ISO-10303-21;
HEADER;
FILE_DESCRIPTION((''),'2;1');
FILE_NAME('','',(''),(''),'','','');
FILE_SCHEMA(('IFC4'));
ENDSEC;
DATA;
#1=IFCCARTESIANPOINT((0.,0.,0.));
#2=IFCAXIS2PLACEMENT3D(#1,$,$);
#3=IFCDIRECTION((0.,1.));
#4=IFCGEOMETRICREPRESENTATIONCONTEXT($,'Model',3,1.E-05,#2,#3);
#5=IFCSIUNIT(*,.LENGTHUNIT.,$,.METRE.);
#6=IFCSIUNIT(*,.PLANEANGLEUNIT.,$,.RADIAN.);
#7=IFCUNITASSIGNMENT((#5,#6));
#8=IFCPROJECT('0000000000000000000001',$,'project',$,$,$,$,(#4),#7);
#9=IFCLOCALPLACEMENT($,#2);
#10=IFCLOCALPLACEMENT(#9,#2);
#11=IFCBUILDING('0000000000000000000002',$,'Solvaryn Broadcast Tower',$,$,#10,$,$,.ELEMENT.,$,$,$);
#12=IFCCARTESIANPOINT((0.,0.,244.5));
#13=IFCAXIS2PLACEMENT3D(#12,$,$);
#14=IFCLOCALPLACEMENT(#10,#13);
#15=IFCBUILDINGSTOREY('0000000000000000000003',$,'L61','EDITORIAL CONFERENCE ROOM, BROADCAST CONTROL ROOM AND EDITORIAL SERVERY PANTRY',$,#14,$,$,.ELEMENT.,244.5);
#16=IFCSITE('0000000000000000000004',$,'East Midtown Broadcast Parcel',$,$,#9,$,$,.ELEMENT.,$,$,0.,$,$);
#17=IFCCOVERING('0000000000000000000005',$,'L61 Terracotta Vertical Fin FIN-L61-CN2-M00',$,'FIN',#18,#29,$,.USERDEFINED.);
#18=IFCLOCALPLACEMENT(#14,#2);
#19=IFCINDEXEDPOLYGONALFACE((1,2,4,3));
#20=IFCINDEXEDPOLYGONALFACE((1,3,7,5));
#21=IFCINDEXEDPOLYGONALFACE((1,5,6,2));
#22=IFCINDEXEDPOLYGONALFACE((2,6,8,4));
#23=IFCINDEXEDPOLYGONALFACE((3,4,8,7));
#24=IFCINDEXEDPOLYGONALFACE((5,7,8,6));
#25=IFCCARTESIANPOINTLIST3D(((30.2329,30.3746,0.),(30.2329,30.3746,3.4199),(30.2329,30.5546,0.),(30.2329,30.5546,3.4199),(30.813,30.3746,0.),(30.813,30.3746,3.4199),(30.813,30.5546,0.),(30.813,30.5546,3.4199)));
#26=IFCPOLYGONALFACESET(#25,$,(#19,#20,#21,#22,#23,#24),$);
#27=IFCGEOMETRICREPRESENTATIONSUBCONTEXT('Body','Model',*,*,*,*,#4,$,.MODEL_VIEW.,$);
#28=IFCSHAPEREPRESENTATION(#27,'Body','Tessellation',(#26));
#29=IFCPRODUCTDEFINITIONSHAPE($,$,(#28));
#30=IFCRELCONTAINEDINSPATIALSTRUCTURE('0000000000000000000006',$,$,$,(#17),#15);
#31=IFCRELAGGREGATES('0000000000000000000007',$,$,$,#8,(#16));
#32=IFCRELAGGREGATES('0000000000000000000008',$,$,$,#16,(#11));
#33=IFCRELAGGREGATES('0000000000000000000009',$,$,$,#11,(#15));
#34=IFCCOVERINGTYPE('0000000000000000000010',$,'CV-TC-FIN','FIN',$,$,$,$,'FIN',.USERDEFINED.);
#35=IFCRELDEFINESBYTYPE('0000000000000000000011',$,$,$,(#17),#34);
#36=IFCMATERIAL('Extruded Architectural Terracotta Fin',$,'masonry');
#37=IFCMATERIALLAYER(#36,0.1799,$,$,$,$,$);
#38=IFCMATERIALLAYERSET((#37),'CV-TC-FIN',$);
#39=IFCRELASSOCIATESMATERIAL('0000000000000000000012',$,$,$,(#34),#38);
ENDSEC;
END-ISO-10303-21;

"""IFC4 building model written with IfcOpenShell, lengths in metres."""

from ifc_helpers import new_model, si_unit, direction, frame, origin, origin_2d, place, context, subcontext, project, spatial, rectangle, extrude, material, layer, layer_set, type_object, element, save


model = new_model("IFC4")

# Units and contexts
model_context = context("Model", 3, precision=1e-05, world=origin(), true_north=direction((0.0, 1.0)))
body_context = subcontext(model_context, "Body", "Model", "MODEL_VIEW")
ifc_project = project(units=[si_unit("LENGTHUNIT", "METRE"), si_unit("PLANEANGLEUNIT", "RADIAN")], contexts=[model_context])

# Site, building, storey
site_placement = place(None, origin())
site = spatial("IfcSite", under=ifc_project, at=site_placement, Name="East Midtown Broadcast Parcel", CompositionType="ELEMENT", RefElevation=0.0)
building_placement = place(site_placement, origin())
building = spatial("IfcBuilding", under=site, at=building_placement, Name="Solvaryn Broadcast Tower", CompositionType="ELEMENT")
storey_placement = place(building_placement, frame((0.0, 0.0, 244.5)))
storey = spatial("IfcBuildingStorey", under=building, at=storey_placement, Name="L61", Description="EDITORIAL CONFERENCE ROOM, BROADCAST CONTROL ROOM AND EDITORIAL SERVERY PANTRY", CompositionType="ELEMENT", Elevation=244.5)

# Covering
ifc_material_1 = material(Name="Extruded Architectural Terracotta Fin", Category="masonry")
ifc_layer_1 = layer(ifc_material_1, 0.1799)
ifc_layer_set_1 = layer_set([ifc_layer_1], Name="CV-TC-FIN")
covering_type_1 = type_object("IfcCoveringType", Name="CV-TC-FIN", Description="FIN", ElementType="FIN", PredefinedType="USERDEFINED", material=ifc_layer_set_1)
covering_1_placement = place(storey_placement, frame((30.5229, 30.4646, 0.0), z_axis=(0.0, 0.0, 1.0), x_axis=(1.0, 0.0, 0.0)))
element("IfcCovering", 1, at=covering_1_placement, inside=storey, type_object=covering_type_1, Name="L61 Terracotta Vertical Fin FIN-L61-CN2-M00", ObjectType="FIN", PredefinedType="USERDEFINED", context=body_context, shape_type="SweptSolid", body=[
    extrude(rectangle(XDim=0.5801, YDim=0.1799, at=origin_2d()), origin(), (0.0, 0.0, 1.0), 3.4199),
])

save(model, "model.ifc")
